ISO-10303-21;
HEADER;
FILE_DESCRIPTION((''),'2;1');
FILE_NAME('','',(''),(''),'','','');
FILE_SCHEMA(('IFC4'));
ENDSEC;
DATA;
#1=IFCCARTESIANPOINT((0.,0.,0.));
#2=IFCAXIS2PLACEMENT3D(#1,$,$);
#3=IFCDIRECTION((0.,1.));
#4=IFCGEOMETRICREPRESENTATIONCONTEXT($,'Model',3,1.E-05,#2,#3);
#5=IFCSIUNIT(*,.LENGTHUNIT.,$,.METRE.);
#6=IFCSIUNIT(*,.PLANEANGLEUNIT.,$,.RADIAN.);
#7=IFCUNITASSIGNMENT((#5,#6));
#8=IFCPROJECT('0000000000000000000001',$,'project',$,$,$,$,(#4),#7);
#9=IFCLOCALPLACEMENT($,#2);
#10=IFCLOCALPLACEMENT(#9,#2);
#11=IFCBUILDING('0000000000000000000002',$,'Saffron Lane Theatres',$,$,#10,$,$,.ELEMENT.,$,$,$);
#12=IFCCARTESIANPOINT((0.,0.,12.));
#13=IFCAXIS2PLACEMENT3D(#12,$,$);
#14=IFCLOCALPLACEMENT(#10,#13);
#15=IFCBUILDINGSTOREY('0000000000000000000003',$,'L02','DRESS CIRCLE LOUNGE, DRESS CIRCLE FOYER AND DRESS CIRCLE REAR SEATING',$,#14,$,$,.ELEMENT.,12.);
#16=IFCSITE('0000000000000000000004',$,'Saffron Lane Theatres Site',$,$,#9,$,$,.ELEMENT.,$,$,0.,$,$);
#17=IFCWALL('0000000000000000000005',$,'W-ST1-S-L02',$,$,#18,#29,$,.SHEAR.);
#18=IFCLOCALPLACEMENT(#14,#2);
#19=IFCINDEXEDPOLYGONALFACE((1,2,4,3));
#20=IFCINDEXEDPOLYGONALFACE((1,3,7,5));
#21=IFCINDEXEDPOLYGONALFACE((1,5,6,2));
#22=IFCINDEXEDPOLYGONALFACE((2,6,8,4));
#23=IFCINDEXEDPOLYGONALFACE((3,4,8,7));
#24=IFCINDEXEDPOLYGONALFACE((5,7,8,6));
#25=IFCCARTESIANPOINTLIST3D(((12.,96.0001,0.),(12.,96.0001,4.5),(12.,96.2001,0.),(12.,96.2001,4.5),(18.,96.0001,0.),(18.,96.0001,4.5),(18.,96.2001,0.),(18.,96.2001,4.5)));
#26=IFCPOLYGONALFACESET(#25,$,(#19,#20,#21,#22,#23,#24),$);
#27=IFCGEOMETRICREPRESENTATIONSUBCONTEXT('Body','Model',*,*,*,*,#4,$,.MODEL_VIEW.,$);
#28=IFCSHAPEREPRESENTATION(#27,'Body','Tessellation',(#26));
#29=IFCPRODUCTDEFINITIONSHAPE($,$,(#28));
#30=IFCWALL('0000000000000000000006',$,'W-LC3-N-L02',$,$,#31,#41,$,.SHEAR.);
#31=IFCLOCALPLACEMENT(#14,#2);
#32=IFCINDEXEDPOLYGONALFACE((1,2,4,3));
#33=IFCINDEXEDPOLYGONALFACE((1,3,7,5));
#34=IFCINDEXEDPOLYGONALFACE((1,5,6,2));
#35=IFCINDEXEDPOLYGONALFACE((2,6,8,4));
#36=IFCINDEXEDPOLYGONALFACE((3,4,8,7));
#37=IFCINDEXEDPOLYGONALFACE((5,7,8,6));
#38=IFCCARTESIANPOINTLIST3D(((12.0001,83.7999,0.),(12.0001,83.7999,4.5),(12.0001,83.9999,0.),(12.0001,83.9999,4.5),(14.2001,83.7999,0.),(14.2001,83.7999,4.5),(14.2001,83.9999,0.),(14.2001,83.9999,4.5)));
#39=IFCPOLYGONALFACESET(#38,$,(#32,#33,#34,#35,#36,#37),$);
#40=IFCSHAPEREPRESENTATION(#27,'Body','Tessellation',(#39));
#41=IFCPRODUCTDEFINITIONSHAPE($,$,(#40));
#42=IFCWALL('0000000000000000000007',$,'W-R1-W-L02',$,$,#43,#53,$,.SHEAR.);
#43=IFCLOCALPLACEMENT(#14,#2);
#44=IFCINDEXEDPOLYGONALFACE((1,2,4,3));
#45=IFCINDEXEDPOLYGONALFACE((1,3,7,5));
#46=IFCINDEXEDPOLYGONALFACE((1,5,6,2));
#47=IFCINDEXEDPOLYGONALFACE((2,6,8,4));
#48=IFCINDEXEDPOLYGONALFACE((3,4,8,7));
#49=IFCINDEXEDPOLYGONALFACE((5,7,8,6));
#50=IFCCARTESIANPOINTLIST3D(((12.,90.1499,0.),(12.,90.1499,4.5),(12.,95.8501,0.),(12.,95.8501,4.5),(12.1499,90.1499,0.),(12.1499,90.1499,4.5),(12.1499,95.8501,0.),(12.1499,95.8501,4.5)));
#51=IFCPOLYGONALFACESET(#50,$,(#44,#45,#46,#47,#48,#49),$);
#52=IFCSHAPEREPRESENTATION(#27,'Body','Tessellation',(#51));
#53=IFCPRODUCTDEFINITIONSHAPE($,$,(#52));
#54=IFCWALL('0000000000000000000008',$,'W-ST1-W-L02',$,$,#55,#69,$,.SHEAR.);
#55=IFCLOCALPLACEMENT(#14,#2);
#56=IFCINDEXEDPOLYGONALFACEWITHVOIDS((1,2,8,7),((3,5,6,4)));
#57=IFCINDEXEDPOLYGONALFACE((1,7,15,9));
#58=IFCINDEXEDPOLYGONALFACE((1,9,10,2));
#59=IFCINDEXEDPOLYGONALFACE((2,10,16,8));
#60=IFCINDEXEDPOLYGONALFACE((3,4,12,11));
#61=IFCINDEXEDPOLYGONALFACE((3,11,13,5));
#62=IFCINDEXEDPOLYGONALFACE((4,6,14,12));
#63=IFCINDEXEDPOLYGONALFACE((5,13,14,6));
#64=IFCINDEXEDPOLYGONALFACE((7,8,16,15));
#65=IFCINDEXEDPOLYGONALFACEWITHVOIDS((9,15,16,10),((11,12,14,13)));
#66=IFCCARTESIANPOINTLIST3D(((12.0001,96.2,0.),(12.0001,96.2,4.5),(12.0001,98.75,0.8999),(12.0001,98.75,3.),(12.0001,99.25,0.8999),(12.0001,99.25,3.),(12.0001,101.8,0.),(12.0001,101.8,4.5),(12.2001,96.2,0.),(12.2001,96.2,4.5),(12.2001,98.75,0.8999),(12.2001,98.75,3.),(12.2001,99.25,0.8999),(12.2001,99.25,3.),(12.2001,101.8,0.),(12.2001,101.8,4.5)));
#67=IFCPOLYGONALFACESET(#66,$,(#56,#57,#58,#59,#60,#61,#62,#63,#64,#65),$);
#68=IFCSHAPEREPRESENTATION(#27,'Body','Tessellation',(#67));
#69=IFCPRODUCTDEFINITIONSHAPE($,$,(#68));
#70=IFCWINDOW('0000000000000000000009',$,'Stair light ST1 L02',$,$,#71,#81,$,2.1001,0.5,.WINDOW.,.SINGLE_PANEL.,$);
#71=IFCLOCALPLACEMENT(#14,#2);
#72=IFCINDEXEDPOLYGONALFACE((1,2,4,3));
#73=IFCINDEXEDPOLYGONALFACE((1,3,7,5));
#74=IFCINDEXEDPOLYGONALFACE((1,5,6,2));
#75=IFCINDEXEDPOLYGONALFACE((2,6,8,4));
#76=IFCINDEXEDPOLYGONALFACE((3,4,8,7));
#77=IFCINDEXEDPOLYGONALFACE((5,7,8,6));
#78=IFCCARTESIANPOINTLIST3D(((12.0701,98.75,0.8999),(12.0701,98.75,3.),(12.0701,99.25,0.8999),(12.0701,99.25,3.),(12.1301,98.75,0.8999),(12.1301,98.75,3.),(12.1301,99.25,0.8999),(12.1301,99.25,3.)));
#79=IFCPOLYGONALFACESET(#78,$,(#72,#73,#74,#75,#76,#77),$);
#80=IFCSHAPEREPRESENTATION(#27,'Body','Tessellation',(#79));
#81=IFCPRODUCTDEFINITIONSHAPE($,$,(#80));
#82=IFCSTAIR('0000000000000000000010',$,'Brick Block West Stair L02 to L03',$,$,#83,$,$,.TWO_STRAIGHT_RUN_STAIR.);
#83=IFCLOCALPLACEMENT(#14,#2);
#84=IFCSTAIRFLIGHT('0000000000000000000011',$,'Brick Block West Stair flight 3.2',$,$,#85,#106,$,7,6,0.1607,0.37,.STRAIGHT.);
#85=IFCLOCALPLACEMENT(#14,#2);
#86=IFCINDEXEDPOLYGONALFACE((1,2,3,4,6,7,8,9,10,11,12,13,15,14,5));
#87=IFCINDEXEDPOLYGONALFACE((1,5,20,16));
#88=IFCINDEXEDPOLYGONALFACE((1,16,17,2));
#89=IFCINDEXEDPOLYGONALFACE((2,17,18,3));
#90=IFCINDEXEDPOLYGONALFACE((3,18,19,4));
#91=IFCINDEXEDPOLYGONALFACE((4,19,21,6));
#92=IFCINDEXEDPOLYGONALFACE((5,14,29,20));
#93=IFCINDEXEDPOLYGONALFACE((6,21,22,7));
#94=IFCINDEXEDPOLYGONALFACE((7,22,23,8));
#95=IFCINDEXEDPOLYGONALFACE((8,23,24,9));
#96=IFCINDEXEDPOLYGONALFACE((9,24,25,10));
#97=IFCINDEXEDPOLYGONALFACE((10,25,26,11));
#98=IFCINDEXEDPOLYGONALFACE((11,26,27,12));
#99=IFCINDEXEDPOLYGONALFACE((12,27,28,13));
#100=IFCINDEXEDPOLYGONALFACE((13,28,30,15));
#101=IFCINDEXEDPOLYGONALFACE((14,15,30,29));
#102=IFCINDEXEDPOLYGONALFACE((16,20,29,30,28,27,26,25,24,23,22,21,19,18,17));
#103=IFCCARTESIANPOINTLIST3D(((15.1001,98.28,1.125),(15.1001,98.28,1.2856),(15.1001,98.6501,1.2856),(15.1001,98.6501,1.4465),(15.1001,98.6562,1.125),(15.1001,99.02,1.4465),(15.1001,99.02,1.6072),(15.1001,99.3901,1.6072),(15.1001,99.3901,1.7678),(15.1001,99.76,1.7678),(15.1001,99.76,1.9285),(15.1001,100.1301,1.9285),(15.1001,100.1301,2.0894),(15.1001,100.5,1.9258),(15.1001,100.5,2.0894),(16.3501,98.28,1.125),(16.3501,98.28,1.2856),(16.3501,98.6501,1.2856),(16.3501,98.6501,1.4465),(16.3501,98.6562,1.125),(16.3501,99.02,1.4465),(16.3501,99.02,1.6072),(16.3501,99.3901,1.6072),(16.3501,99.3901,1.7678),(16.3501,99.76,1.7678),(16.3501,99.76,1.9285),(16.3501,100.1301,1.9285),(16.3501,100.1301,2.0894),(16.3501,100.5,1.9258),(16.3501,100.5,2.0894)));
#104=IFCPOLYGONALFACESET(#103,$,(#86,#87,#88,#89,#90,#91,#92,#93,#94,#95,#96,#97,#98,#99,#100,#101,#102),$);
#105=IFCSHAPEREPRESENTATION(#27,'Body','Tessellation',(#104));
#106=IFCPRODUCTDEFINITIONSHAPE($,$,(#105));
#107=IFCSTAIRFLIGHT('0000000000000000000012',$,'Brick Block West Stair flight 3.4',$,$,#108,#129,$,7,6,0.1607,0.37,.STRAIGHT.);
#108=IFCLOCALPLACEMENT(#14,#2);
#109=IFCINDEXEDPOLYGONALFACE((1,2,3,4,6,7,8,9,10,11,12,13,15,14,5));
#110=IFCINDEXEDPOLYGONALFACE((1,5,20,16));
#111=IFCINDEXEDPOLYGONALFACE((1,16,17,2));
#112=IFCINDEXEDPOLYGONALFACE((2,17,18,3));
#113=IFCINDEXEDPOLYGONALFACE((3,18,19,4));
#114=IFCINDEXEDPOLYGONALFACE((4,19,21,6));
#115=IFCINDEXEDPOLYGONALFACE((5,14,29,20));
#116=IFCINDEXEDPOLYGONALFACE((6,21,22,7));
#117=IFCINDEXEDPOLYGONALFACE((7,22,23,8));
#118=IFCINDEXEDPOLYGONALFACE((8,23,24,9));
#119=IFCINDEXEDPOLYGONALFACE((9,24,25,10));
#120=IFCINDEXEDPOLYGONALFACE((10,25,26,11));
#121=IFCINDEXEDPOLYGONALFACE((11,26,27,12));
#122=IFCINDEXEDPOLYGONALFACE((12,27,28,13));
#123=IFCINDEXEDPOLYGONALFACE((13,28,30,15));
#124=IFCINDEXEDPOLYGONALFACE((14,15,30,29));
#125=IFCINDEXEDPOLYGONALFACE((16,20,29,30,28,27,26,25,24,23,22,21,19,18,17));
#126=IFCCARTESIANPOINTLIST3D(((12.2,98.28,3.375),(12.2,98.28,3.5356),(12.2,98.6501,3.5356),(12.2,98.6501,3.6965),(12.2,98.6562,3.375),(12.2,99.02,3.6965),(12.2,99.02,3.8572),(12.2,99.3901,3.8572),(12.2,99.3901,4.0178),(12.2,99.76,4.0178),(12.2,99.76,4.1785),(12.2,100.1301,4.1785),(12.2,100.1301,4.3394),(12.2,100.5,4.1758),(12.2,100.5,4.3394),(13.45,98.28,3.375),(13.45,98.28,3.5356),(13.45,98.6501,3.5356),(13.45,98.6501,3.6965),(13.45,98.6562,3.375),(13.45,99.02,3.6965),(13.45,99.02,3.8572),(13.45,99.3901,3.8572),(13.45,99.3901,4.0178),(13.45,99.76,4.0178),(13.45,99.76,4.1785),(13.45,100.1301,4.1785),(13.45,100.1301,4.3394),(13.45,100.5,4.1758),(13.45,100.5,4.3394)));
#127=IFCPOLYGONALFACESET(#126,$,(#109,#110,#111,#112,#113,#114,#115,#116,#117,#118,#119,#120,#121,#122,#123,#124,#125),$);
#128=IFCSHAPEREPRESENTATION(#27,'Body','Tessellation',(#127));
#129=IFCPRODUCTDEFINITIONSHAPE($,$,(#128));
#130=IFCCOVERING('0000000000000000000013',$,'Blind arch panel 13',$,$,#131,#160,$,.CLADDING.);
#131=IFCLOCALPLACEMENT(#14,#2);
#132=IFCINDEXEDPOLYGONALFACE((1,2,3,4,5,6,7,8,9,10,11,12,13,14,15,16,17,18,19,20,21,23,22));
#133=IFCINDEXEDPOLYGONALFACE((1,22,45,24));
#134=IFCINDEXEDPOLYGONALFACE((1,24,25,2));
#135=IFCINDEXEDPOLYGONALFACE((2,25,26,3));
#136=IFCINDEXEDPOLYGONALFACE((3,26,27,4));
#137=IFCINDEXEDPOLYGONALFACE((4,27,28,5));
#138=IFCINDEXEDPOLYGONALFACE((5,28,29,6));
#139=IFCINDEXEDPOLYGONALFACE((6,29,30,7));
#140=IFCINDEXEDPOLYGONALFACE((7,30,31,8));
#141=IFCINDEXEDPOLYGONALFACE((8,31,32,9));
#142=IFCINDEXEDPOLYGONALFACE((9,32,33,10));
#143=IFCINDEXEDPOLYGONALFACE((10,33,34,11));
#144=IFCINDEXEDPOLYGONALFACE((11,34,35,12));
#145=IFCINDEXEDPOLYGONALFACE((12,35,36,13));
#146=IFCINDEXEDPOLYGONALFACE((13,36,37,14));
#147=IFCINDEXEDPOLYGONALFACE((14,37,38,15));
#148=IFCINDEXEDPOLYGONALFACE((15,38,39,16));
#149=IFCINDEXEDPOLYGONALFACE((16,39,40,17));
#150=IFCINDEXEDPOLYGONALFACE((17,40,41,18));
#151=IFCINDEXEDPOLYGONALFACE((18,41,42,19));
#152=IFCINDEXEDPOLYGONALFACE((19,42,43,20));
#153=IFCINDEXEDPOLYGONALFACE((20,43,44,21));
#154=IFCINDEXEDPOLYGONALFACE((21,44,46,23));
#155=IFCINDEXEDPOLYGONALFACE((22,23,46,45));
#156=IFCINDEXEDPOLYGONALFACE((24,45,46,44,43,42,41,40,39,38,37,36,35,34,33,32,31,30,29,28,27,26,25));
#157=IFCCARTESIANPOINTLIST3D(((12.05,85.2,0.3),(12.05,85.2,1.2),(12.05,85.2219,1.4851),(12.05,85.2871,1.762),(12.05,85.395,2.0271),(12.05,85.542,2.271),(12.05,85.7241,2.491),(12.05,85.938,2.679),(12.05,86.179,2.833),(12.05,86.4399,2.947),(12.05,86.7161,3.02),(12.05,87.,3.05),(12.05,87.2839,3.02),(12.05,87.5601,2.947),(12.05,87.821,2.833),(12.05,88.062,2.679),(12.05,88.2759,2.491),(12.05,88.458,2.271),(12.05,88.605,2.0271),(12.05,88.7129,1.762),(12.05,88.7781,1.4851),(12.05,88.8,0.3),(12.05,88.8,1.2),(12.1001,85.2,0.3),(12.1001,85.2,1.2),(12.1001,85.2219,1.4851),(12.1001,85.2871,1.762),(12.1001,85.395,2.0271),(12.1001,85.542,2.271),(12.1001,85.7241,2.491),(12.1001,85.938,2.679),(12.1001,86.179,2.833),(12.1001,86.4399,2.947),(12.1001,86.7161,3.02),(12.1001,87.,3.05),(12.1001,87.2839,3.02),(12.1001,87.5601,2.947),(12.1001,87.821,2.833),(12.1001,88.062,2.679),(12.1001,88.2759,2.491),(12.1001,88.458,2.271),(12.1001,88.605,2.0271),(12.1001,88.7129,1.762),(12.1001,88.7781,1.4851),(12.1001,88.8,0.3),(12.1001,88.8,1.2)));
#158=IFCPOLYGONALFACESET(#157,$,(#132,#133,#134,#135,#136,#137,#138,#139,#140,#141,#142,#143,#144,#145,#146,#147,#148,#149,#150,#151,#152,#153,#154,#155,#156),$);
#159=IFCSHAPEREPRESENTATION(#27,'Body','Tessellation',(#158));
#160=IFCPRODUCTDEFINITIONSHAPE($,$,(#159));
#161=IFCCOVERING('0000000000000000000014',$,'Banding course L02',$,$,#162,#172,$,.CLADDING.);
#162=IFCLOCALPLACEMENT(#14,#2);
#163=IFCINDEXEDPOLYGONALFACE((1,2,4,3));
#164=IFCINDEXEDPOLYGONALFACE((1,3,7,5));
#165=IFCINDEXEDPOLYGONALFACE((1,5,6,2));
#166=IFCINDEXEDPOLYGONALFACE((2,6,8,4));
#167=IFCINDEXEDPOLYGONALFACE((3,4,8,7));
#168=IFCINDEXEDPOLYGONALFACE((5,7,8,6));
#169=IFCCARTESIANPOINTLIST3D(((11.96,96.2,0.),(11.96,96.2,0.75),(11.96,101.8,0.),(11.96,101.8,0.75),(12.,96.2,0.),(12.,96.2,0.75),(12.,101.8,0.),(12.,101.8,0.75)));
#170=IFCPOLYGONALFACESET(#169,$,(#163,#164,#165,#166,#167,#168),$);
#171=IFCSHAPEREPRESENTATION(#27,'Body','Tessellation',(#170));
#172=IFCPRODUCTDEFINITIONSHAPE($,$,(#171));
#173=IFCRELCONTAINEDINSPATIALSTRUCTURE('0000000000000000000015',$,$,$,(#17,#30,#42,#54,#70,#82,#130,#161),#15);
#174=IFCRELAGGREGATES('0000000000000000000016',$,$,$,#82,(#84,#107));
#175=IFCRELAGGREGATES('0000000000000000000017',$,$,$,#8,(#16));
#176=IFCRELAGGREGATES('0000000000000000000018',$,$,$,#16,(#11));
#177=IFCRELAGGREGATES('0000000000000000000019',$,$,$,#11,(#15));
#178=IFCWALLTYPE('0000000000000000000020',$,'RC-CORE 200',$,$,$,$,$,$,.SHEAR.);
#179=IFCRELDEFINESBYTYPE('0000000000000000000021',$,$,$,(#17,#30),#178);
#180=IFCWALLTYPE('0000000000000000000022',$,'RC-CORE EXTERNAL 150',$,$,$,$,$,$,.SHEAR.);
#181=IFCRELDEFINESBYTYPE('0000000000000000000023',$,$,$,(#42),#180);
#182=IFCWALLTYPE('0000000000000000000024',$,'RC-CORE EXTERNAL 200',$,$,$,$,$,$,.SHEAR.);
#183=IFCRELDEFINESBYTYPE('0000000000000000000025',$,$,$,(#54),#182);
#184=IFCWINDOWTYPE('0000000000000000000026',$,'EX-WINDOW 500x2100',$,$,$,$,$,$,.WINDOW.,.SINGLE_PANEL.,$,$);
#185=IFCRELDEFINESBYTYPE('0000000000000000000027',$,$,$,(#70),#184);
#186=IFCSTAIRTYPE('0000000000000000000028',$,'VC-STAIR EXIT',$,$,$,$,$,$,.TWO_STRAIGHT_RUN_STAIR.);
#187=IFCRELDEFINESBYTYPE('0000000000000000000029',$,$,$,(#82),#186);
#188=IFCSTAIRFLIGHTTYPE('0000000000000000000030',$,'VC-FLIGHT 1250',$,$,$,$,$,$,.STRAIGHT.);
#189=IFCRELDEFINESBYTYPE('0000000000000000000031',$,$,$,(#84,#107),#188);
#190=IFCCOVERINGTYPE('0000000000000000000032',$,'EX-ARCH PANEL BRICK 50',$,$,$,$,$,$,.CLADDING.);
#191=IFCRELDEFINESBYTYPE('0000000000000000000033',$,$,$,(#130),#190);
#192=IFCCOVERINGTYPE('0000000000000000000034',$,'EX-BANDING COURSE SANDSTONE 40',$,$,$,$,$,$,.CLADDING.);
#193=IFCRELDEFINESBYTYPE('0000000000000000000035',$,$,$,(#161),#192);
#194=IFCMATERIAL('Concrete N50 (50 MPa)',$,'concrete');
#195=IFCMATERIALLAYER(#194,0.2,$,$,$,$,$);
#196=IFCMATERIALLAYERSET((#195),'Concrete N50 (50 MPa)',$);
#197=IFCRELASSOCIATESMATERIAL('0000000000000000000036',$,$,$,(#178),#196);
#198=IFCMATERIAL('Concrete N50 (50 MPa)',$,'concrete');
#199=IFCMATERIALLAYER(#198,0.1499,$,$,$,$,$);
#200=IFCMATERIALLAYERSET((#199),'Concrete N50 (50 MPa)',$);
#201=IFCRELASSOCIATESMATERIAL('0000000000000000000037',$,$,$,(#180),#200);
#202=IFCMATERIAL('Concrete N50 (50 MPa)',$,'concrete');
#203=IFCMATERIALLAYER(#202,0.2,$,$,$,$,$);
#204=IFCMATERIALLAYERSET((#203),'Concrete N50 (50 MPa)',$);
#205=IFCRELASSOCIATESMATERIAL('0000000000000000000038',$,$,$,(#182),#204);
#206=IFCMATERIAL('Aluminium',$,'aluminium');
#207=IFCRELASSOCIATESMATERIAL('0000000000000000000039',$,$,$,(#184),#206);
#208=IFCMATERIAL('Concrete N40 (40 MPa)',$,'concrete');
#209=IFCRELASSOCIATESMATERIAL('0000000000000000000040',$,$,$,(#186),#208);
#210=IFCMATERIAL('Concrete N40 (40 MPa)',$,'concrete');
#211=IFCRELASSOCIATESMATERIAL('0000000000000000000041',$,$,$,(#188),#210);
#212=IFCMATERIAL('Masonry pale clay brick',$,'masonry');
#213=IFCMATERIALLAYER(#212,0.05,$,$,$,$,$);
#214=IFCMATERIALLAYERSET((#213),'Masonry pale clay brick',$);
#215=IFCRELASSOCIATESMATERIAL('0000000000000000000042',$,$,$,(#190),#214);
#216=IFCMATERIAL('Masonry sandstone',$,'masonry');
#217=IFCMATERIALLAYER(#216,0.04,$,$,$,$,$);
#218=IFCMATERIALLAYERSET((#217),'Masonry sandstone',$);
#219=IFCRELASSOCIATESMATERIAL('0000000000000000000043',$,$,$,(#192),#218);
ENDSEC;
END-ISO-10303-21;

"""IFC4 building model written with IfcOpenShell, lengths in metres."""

from ifc_helpers import new_model, si_unit, direction, frame, frame_2d, origin, origin_2d, place, context, subcontext, project, spatial, polyline, rectangle, outline, extrude, material, layer, layer_set, type_object, element, fill, aggregate, save


model = new_model("IFC4")

# Units and contexts
model_context = context("Model", 3, precision=1e-05, world=origin(), true_north=direction((0.0, 1.0)))
body_context = subcontext(model_context, "Body", "Model", "MODEL_VIEW")
ifc_project = project(units=[si_unit("LENGTHUNIT", "METRE"), si_unit("PLANEANGLEUNIT", "RADIAN")], contexts=[model_context])

# Site, building, storey
site_placement = place(None, origin())
site = spatial("IfcSite", under=ifc_project, at=site_placement, Name="Saffron Lane Theatres Site", CompositionType="ELEMENT", RefElevation=0.0)
building_placement = place(site_placement, origin())
building = spatial("IfcBuilding", under=site, at=building_placement, Name="Saffron Lane Theatres", CompositionType="ELEMENT")
storey_placement = place(building_placement, frame((0.0, 0.0, 12.0)))
storey = spatial("IfcBuildingStorey", under=building, at=storey_placement, Name="L02", Description="DRESS CIRCLE LOUNGE, DRESS CIRCLE FOYER AND DRESS CIRCLE REAR SEATING", CompositionType="ELEMENT", Elevation=12.0)

# Shared definitions
ifc_material_1 = material(Name="Masonry pale clay brick", Category="masonry")

# Walls
ifc_material_2 = material(Name="Concrete N50 (50 MPa)", Category="concrete")
ifc_layer_1 = layer(ifc_material_2, 0.2)
ifc_layer_set_1 = layer_set([ifc_layer_1], Name="Concrete N50 (50 MPa)")
wall_type_1 = type_object("IfcWallType", Name="RC-CORE 200", PredefinedType="SHEAR", material=ifc_layer_set_1)
wall_1_placement = place(storey_placement, frame((12.0, 96.1001, 0.0), z_axis=(0.0, 0.0, 1.0), x_axis=(1.0, 0.0, 0.0)))
element("IfcWall", 1, at=wall_1_placement, inside=storey, type_object=wall_type_1, Name="W-ST1-S-L02", PredefinedType="SHEAR", context=body_context, shape_type="SweptSolid", body=[
    extrude(rectangle(XDim=6.0, YDim=0.2, at=frame_2d((3.0, 0.0))), origin(), (0.0, 0.0, 1.0), 4.5),
])
wall_2_placement = place(storey_placement, frame((12.0, 83.8999, 0.0), z_axis=(0.0, 0.0, 1.0), x_axis=(1.0, 0.0, 0.0)))
element("IfcWall", 2, at=wall_2_placement, inside=storey, type_object=wall_type_1, Name="W-LC3-N-L02", PredefinedType="SHEAR", context=body_context, shape_type="SweptSolid", body=[
    extrude(rectangle(XDim=2.2, YDim=0.2, at=frame_2d((1.1001, 0.0))), origin(), (0.0, 0.0, 1.0), 4.5),
])
ifc_material_3 = material(Name="Concrete N50 (50 MPa)", Category="concrete")
ifc_layer_2 = layer(ifc_material_3, 0.1499)
ifc_layer_set_2 = layer_set([ifc_layer_2], Name="Concrete N50 (50 MPa)")
wall_type_2 = type_object("IfcWallType", Name="RC-CORE EXTERNAL 150", PredefinedType="SHEAR", material=ifc_layer_set_2)
wall_3_placement = place(storey_placement, frame((12.075, 90.1499, 0.0), z_axis=(0.0, 0.0, 1.0), x_axis=(0.0, 1.0, 0.0)))
element("IfcWall", 3, at=wall_3_placement, inside=storey, type_object=wall_type_2, Name="W-R1-W-L02", PredefinedType="SHEAR", context=body_context, shape_type="SweptSolid", body=[
    extrude(rectangle(XDim=5.7002, YDim=0.1499, at=frame_2d((2.8501, 0.0))), origin(), (0.0, 0.0, 1.0), 4.5),
])

# Wall, opening, window
ifc_material_4 = material(Name="Concrete N50 (50 MPa)", Category="concrete")
ifc_layer_3 = layer(ifc_material_4, 0.2)
ifc_layer_set_3 = layer_set([ifc_layer_3], Name="Concrete N50 (50 MPa)")
wall_type_3 = type_object("IfcWallType", Name="RC-CORE EXTERNAL 200", PredefinedType="SHEAR", material=ifc_layer_set_3)
wall_4_placement = place(storey_placement, frame((12.1001, 96.2, 0.0), z_axis=(0.0, 0.0, 1.0), x_axis=(0.0, 1.0, 0.0)))
wall_4 = element("IfcWall", 4, at=wall_4_placement, inside=storey, type_object=wall_type_3, Name="W-ST1-W-L02", PredefinedType="SHEAR", context=body_context, shape_type="SweptSolid", body=[
    extrude(rectangle(XDim=5.6001, YDim=0.2, at=frame_2d((2.8, 0.0))), origin(), (0.0, 0.0, 1.0), 4.5),
])
opening_1_placement = place(wall_4_placement, frame((2.55, 0.0, 0.8999)))
opening_1 = element("IfcOpeningElement", 5, at=opening_1_placement, cuts=wall_4, PredefinedType="OPENING", context=body_context, shape_type="SweptSolid", body=[
    extrude(rectangle(XDim=0.5, YDim=2.1001, at=frame_2d((0.25, 1.05))), frame((0.0, 0.1099, 0.0), z_axis=(0.0, -1.0, 0.0), x_axis=(1.0, 0.0, 0.0)), (0.0, 0.0, 1.0), 0.22),
])
ifc_material_5 = material(Name="Aluminium", Category="aluminium")
window_type = type_object("IfcWindowType", Name="EX-WINDOW 500x2100", PartitioningType="SINGLE_PANEL", PredefinedType="WINDOW", material=ifc_material_5)
window_placement = place(opening_1_placement, origin())
window = element("IfcWindow", 6, at=window_placement, inside=storey, type_object=window_type, Name="Stair light ST1 L02", OverallHeight=2.1001, OverallWidth=0.5, PartitioningType="SINGLE_PANEL", PredefinedType="WINDOW", context=body_context, shape_type="SweptSolid", body=[
    extrude(rectangle(XDim=0.5, YDim=2.1001, at=frame_2d((0.25, 1.05))), frame((0.0, 0.03, 0.0), z_axis=(0.0, -1.0, 0.0), x_axis=(1.0, 0.0, 0.0)), (0.0, 0.0, 1.0), 0.0601),
])
fill(opening_1, window)

# Stair, stair flights
ifc_material_6 = material(Name="Concrete N40 (40 MPa)", Category="concrete")
stair_type = type_object("IfcStairType", Name="VC-STAIR EXIT", PredefinedType="TWO_STRAIGHT_RUN_STAIR", material=ifc_material_6)
stair_placement = place(storey_placement, origin())
stair = element("IfcStair", 7, at=stair_placement, inside=storey, type_object=stair_type, Name="Brick Block West Stair L02 to L03", PredefinedType="TWO_STRAIGHT_RUN_STAIR")
ifc_material_7 = material(Name="Concrete N40 (40 MPa)", Category="concrete")
stair_flight_type = type_object("IfcStairFlightType", Name="VC-FLIGHT 1250", PredefinedType="STRAIGHT", material=ifc_material_7)
stair_flight_1_placement = place(storey_placement, frame((15.7251, 98.28, 1.125), z_axis=(0.0, 0.0, 1.0), x_axis=(0.0, 1.0, 0.0)))
stair_flight_1 = element("IfcStairFlight", 8, at=stair_flight_1_placement, type_object=stair_flight_type, Name="Brick Block West Stair flight 3.2", NumberOfRisers=7, NumberOfTreads=6, PredefinedType="STRAIGHT", RiserHeight=0.1607, TreadLength=0.37, context=body_context, shape_type="SweptSolid", body=[
    extrude(outline(polyline([(0.0, 0.0), (0.0, 0.1606), (0.3701, 0.1606), (0.3701, 0.3215), (0.74, 0.3215), (0.74, 0.4822), (1.1101, 0.4822), (1.1101, 0.6428), (1.48, 0.6428), (1.48, 0.8035), (1.8501, 0.8035), (1.8501, 0.9644), (2.22, 0.9644), (2.22, 1.125), (2.22, 0.8008), (0.3762, 0.0), (0.0, 0.0)])), frame((0.0, 0.625, 0.0), z_axis=(0.0, -1.0, 0.0), x_axis=(1.0, 0.0, 0.0)), (0.0, 0.0, 1.0), 1.25),
])
stair_flight_2_placement = place(storey_placement, frame((12.825, 98.28, 3.375), z_axis=(0.0, 0.0, 1.0), x_axis=(0.0, 1.0, 0.0)))
stair_flight_2 = element("IfcStairFlight", 9, at=stair_flight_2_placement, type_object=stair_flight_type, Name="Brick Block West Stair flight 3.4", NumberOfRisers=7, NumberOfTreads=6, PredefinedType="STRAIGHT", RiserHeight=0.1607, TreadLength=0.37, context=body_context, shape_type="SweptSolid", body=[
    extrude(outline(polyline([(0.0, 0.0), (0.0, 0.1606), (0.3701, 0.1606), (0.3701, 0.3215), (0.74, 0.3215), (0.74, 0.4822), (1.1101, 0.4822), (1.1101, 0.6428), (1.48, 0.6428), (1.48, 0.8035), (1.8501, 0.8035), (1.8501, 0.9644), (2.22, 0.9644), (2.22, 1.125), (2.22, 0.8008), (0.3762, 0.0), (0.0, 0.0)])), frame((0.0, 0.625, 0.0), z_axis=(0.0, -1.0, 0.0), x_axis=(1.0, 0.0, 0.0)), (0.0, 0.0, 1.0), 1.25),
])
aggregate(stair, [stair_flight_1, stair_flight_2])

# Coverings
ifc_layer_4 = layer(ifc_material_1, 0.05)
ifc_layer_set_4 = layer_set([ifc_layer_4], Name="Masonry pale clay brick")
covering_type_1 = type_object("IfcCoveringType", Name="EX-ARCH PANEL BRICK 50", PredefinedType="CLADDING", material=ifc_layer_set_4)
covering_1_placement = place(storey_placement, frame((12.1001, 85.2, 1.2), z_axis=(1.0, 0.0, 0.0), x_axis=(0.0, 0.0, -1.0)))
element("IfcCovering", 10, at=covering_1_placement, inside=storey, type_object=covering_type_1, Name="Blind arch panel 13", PredefinedType="CLADDING", context=body_context, shape_type="SweptSolid", body=[
    extrude(outline(polyline([(0.0, 0.0), (0.8999, 0.0), (0.8999, 3.6001), (0.0, 3.6001), (-0.2852, 3.5781), (-0.562, 3.5129), (-0.8271, 3.405), (-1.071, 3.2581), (-1.291, 3.0759), (-1.479, 2.8621), (-1.6331, 2.6211), (-1.7471, 2.3601), (-1.8201, 2.084), (-1.8501, 1.8), (-1.8201, 1.5161), (-1.7471, 1.24), (-1.6331, 0.979), (-1.479, 0.738), (-1.291, 0.5242), (-1.071, 0.342), (-0.8271, 0.1951), (-0.562, 0.0872), (-0.2852, 0.022), (0.0, 0.0)])), origin(), (0.0, 0.0, -1.0), 0.05),
])
ifc_material_8 = material(Name="Masonry sandstone", Category="masonry")
ifc_layer_5 = layer(ifc_material_8, 0.04)
ifc_layer_set_5 = layer_set([ifc_layer_5], Name="Masonry sandstone")
covering_type_2 = type_object("IfcCoveringType", Name="EX-BANDING COURSE SANDSTONE 40", PredefinedType="CLADDING", material=ifc_layer_set_5)
for number, where, z_axis, x_axis, name in (
    (11, (11.98, 99.0, 0.0), (0.0, 0.0, 1.0), (0.0, 1.0, 0.0), "Banding course L02"),
):
    element("IfcCovering", number, at=place(storey_placement, frame(where, z_axis=z_axis, x_axis=x_axis)), inside=storey, type_object=covering_type_2, Name=name, PredefinedType="CLADDING", context=body_context, shape_type="SweptSolid", body=[
        extrude(rectangle(XDim=5.6001, YDim=0.04, at=origin_2d()), origin(), (0.0, 0.0, 1.0), 0.75),
    ])

save(model, "model.ifc")
